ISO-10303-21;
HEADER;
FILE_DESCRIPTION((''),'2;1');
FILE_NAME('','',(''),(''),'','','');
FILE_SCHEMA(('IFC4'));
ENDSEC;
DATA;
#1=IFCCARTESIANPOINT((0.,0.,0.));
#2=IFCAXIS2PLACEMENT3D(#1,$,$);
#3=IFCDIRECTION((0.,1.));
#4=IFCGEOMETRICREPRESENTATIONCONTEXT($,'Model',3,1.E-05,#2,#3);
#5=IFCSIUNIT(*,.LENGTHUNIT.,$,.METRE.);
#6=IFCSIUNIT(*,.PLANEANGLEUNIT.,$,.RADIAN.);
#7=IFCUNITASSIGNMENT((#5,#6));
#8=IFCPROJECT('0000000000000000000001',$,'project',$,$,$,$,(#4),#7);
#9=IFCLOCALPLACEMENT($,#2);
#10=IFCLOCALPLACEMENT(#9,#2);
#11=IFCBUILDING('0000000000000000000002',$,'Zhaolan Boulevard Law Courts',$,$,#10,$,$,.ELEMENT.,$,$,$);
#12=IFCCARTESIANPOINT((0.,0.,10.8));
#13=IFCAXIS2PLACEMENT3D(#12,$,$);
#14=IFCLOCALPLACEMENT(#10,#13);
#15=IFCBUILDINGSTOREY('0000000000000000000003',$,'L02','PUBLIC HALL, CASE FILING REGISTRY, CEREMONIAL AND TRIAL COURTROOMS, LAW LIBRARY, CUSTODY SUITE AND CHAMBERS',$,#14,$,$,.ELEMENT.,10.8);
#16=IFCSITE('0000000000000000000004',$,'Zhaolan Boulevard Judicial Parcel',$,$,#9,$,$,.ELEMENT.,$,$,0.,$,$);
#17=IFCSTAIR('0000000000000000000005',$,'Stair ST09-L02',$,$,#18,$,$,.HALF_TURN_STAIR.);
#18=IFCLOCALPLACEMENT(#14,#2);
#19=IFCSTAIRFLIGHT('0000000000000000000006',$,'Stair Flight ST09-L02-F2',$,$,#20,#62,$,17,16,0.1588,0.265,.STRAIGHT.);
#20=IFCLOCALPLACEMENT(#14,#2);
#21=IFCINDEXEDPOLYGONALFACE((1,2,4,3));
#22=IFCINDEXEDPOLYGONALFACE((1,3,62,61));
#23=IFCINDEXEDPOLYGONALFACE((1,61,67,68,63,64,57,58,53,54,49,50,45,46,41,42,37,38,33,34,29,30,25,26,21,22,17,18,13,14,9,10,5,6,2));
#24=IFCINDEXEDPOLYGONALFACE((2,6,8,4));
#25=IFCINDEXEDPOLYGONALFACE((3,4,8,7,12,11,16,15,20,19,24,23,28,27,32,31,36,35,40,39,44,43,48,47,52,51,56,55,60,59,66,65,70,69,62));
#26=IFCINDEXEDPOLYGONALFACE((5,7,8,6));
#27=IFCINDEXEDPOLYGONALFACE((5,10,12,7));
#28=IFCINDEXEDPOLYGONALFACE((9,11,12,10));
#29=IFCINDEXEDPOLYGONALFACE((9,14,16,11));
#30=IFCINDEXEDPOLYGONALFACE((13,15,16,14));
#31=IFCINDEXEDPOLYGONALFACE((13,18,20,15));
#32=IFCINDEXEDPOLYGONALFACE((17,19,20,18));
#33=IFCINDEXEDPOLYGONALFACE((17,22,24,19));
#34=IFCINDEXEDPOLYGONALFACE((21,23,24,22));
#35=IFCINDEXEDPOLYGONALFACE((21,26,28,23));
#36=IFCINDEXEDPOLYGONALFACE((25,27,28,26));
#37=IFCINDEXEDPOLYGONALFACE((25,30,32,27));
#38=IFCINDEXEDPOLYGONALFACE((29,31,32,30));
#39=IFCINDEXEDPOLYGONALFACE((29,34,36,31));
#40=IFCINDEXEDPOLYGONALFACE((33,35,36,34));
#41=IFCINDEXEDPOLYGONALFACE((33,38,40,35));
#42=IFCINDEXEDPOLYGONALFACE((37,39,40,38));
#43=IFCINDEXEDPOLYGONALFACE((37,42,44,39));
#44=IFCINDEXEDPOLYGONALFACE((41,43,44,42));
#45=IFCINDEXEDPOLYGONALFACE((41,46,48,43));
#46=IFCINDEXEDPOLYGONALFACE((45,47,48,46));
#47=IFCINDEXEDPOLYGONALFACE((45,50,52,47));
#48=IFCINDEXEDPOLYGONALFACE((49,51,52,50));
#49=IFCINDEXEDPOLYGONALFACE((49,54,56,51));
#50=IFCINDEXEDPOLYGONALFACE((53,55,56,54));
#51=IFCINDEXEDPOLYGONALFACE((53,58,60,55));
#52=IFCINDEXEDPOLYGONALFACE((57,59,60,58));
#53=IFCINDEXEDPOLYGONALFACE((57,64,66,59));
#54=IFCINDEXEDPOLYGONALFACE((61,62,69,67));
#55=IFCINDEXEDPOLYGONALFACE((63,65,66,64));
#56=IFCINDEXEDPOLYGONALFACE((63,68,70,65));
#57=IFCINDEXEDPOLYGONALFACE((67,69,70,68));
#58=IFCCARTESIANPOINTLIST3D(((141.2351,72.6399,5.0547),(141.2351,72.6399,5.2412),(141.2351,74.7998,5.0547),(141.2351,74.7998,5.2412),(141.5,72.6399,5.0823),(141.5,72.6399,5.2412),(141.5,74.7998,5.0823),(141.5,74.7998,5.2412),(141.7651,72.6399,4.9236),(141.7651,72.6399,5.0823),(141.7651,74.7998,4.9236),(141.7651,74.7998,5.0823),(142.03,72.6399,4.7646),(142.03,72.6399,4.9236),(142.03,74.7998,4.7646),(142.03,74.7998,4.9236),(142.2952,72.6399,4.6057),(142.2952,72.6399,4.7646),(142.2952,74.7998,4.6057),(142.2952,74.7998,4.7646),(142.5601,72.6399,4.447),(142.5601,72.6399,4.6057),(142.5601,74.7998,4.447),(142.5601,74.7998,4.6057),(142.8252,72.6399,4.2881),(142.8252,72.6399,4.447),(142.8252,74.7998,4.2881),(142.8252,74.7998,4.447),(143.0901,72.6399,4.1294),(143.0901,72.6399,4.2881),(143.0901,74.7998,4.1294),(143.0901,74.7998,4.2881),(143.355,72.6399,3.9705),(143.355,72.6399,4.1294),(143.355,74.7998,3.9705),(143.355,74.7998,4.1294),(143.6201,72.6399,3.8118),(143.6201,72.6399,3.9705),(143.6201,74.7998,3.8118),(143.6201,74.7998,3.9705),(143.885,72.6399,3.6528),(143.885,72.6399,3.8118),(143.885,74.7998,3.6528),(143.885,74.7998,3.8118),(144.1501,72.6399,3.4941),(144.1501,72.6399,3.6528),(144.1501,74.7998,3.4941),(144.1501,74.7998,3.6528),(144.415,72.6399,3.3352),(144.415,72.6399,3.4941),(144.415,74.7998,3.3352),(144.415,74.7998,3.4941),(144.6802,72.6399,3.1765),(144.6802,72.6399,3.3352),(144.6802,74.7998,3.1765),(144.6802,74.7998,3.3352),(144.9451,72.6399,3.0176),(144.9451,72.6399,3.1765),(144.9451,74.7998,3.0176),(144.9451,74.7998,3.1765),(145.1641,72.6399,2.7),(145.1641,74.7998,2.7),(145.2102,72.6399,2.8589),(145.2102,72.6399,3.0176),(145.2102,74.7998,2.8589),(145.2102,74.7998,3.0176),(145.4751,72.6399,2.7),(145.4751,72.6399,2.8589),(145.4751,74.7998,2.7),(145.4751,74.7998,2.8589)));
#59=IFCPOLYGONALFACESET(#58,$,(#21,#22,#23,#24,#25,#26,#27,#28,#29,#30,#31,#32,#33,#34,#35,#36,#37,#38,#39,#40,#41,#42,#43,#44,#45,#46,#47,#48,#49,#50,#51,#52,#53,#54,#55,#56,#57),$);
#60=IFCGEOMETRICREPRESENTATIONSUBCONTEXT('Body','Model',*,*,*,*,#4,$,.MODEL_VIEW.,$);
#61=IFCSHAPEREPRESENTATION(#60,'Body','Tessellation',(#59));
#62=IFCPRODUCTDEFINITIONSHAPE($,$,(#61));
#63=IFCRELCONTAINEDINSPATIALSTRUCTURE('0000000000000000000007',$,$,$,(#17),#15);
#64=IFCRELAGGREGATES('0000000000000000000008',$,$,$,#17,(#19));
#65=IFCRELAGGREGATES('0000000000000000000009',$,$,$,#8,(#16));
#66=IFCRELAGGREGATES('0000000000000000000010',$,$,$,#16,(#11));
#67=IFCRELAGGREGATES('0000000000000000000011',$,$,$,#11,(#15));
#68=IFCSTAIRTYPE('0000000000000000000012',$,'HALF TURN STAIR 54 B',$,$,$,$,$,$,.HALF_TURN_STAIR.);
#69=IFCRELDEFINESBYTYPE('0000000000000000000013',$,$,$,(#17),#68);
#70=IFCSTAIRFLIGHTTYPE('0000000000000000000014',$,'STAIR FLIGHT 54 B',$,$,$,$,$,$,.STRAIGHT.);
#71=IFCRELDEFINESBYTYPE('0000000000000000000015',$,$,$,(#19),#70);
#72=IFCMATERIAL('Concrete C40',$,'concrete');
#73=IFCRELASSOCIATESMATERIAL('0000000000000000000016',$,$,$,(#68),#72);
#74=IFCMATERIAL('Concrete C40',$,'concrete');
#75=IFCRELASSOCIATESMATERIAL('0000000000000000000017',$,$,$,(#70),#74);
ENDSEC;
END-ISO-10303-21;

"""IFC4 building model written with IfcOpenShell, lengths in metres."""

from ifc_helpers import new_model, si_unit, direction, frame, origin, place, context, subcontext, project, spatial, polyline, outline, extrude, material, type_object, element, aggregate, save


model = new_model("IFC4")

# Units and contexts
model_context = context("Model", 3, precision=1e-05, world=origin(), true_north=direction((0.0, 1.0)))
body_context = subcontext(model_context, "Body", "Model", "MODEL_VIEW")
ifc_project = project(units=[si_unit("LENGTHUNIT", "METRE"), si_unit("PLANEANGLEUNIT", "RADIAN")], contexts=[model_context])

# Site, building, storey
site_placement = place(None, origin())
site = spatial("IfcSite", under=ifc_project, at=site_placement, Name="Zhaolan Boulevard Judicial Parcel", CompositionType="ELEMENT", RefElevation=0.0)
building_placement = place(site_placement, origin())
building = spatial("IfcBuilding", under=site, at=building_placement, Name="Zhaolan Boulevard Law Courts", CompositionType="ELEMENT")
storey_placement = place(building_placement, frame((0.0, 0.0, 10.8)))
storey = spatial("IfcBuildingStorey", under=building, at=storey_placement, Name="L02", Description="PUBLIC HALL, CASE FILING REGISTRY, CEREMONIAL AND TRIAL COURTROOMS, LAW LIBRARY, CUSTODY SUITE AND CHAMBERS", CompositionType="ELEMENT", Elevation=10.8)

# Stair, stair flight
ifc_material_1 = material(Name="Concrete C40", Category="concrete")
stair_type = type_object("IfcStairType", Name="HALF TURN STAIR 54 B", PredefinedType="HALF_TURN_STAIR", material=ifc_material_1)
stair_placement = place(storey_placement, origin())
stair = element("IfcStair", 1, at=stair_placement, inside=storey, type_object=stair_type, Name="Stair ST09-L02", PredefinedType="HALF_TURN_STAIR")
ifc_material_2 = material(Name="Concrete C40", Category="concrete")
stair_flight_type = type_object("IfcStairFlightType", Name="STAIR FLIGHT 54 B", PredefinedType="STRAIGHT", material=ifc_material_2)
stair_flight_1_placement = place(storey_placement, frame((145.4751, 73.72, 2.7), z_axis=(0.0, 0.0, 1.0), x_axis=(-1.0, 0.0, 0.0)))
stair_flight_1 = element("IfcStairFlight", 2, at=stair_flight_1_placement, type_object=stair_flight_type, Name="Stair Flight ST09-L02-F2", NumberOfRisers=17, NumberOfTreads=16, PredefinedType="STRAIGHT", RiserHeight=0.1588, TreadLength=0.265, context=body_context, shape_type="SweptSolid", body=[
    extrude(outline(polyline([(0.0, 0.0), (0.0, 0.1589), (0.2649, 0.1589), (0.2649, 0.3176), (0.53, 0.3176), (0.53, 0.4766), (0.7949, 0.4766), (0.7949, 0.6353), (1.0601, 0.6353), (1.0601, 0.7942), (1.325, 0.7942), (1.325, 0.9529), (1.5901, 0.9529), (1.5901, 1.1118), (1.855, 1.1118), (1.855, 1.2705), (2.1201, 1.2705), (2.1201, 1.4294), (2.385, 1.4294), (2.385, 1.5881), (2.6499, 1.5881), (2.6499, 1.7471), (2.915, 1.7471), (2.915, 1.9058), (3.1799, 1.9058), (3.1799, 2.0647), (3.4451, 2.0647), (3.4451, 2.2236), (3.71, 2.2236), (3.71, 2.3823), (3.9751, 2.3823), (3.9751, 2.5413), (4.24, 2.5413), (4.24, 2.7), (4.24, 2.3547), (0.311, 0.0), (0.0, 0.0)])), frame((0.0, 1.0801, 0.0), z_axis=(0.0, -1.0, 0.0), x_axis=(1.0, 0.0, 0.0)), (0.0, 0.0, 1.0), 2.1599),
])
aggregate(stair, [stair_flight_1])

save(model, "model.ifc")
